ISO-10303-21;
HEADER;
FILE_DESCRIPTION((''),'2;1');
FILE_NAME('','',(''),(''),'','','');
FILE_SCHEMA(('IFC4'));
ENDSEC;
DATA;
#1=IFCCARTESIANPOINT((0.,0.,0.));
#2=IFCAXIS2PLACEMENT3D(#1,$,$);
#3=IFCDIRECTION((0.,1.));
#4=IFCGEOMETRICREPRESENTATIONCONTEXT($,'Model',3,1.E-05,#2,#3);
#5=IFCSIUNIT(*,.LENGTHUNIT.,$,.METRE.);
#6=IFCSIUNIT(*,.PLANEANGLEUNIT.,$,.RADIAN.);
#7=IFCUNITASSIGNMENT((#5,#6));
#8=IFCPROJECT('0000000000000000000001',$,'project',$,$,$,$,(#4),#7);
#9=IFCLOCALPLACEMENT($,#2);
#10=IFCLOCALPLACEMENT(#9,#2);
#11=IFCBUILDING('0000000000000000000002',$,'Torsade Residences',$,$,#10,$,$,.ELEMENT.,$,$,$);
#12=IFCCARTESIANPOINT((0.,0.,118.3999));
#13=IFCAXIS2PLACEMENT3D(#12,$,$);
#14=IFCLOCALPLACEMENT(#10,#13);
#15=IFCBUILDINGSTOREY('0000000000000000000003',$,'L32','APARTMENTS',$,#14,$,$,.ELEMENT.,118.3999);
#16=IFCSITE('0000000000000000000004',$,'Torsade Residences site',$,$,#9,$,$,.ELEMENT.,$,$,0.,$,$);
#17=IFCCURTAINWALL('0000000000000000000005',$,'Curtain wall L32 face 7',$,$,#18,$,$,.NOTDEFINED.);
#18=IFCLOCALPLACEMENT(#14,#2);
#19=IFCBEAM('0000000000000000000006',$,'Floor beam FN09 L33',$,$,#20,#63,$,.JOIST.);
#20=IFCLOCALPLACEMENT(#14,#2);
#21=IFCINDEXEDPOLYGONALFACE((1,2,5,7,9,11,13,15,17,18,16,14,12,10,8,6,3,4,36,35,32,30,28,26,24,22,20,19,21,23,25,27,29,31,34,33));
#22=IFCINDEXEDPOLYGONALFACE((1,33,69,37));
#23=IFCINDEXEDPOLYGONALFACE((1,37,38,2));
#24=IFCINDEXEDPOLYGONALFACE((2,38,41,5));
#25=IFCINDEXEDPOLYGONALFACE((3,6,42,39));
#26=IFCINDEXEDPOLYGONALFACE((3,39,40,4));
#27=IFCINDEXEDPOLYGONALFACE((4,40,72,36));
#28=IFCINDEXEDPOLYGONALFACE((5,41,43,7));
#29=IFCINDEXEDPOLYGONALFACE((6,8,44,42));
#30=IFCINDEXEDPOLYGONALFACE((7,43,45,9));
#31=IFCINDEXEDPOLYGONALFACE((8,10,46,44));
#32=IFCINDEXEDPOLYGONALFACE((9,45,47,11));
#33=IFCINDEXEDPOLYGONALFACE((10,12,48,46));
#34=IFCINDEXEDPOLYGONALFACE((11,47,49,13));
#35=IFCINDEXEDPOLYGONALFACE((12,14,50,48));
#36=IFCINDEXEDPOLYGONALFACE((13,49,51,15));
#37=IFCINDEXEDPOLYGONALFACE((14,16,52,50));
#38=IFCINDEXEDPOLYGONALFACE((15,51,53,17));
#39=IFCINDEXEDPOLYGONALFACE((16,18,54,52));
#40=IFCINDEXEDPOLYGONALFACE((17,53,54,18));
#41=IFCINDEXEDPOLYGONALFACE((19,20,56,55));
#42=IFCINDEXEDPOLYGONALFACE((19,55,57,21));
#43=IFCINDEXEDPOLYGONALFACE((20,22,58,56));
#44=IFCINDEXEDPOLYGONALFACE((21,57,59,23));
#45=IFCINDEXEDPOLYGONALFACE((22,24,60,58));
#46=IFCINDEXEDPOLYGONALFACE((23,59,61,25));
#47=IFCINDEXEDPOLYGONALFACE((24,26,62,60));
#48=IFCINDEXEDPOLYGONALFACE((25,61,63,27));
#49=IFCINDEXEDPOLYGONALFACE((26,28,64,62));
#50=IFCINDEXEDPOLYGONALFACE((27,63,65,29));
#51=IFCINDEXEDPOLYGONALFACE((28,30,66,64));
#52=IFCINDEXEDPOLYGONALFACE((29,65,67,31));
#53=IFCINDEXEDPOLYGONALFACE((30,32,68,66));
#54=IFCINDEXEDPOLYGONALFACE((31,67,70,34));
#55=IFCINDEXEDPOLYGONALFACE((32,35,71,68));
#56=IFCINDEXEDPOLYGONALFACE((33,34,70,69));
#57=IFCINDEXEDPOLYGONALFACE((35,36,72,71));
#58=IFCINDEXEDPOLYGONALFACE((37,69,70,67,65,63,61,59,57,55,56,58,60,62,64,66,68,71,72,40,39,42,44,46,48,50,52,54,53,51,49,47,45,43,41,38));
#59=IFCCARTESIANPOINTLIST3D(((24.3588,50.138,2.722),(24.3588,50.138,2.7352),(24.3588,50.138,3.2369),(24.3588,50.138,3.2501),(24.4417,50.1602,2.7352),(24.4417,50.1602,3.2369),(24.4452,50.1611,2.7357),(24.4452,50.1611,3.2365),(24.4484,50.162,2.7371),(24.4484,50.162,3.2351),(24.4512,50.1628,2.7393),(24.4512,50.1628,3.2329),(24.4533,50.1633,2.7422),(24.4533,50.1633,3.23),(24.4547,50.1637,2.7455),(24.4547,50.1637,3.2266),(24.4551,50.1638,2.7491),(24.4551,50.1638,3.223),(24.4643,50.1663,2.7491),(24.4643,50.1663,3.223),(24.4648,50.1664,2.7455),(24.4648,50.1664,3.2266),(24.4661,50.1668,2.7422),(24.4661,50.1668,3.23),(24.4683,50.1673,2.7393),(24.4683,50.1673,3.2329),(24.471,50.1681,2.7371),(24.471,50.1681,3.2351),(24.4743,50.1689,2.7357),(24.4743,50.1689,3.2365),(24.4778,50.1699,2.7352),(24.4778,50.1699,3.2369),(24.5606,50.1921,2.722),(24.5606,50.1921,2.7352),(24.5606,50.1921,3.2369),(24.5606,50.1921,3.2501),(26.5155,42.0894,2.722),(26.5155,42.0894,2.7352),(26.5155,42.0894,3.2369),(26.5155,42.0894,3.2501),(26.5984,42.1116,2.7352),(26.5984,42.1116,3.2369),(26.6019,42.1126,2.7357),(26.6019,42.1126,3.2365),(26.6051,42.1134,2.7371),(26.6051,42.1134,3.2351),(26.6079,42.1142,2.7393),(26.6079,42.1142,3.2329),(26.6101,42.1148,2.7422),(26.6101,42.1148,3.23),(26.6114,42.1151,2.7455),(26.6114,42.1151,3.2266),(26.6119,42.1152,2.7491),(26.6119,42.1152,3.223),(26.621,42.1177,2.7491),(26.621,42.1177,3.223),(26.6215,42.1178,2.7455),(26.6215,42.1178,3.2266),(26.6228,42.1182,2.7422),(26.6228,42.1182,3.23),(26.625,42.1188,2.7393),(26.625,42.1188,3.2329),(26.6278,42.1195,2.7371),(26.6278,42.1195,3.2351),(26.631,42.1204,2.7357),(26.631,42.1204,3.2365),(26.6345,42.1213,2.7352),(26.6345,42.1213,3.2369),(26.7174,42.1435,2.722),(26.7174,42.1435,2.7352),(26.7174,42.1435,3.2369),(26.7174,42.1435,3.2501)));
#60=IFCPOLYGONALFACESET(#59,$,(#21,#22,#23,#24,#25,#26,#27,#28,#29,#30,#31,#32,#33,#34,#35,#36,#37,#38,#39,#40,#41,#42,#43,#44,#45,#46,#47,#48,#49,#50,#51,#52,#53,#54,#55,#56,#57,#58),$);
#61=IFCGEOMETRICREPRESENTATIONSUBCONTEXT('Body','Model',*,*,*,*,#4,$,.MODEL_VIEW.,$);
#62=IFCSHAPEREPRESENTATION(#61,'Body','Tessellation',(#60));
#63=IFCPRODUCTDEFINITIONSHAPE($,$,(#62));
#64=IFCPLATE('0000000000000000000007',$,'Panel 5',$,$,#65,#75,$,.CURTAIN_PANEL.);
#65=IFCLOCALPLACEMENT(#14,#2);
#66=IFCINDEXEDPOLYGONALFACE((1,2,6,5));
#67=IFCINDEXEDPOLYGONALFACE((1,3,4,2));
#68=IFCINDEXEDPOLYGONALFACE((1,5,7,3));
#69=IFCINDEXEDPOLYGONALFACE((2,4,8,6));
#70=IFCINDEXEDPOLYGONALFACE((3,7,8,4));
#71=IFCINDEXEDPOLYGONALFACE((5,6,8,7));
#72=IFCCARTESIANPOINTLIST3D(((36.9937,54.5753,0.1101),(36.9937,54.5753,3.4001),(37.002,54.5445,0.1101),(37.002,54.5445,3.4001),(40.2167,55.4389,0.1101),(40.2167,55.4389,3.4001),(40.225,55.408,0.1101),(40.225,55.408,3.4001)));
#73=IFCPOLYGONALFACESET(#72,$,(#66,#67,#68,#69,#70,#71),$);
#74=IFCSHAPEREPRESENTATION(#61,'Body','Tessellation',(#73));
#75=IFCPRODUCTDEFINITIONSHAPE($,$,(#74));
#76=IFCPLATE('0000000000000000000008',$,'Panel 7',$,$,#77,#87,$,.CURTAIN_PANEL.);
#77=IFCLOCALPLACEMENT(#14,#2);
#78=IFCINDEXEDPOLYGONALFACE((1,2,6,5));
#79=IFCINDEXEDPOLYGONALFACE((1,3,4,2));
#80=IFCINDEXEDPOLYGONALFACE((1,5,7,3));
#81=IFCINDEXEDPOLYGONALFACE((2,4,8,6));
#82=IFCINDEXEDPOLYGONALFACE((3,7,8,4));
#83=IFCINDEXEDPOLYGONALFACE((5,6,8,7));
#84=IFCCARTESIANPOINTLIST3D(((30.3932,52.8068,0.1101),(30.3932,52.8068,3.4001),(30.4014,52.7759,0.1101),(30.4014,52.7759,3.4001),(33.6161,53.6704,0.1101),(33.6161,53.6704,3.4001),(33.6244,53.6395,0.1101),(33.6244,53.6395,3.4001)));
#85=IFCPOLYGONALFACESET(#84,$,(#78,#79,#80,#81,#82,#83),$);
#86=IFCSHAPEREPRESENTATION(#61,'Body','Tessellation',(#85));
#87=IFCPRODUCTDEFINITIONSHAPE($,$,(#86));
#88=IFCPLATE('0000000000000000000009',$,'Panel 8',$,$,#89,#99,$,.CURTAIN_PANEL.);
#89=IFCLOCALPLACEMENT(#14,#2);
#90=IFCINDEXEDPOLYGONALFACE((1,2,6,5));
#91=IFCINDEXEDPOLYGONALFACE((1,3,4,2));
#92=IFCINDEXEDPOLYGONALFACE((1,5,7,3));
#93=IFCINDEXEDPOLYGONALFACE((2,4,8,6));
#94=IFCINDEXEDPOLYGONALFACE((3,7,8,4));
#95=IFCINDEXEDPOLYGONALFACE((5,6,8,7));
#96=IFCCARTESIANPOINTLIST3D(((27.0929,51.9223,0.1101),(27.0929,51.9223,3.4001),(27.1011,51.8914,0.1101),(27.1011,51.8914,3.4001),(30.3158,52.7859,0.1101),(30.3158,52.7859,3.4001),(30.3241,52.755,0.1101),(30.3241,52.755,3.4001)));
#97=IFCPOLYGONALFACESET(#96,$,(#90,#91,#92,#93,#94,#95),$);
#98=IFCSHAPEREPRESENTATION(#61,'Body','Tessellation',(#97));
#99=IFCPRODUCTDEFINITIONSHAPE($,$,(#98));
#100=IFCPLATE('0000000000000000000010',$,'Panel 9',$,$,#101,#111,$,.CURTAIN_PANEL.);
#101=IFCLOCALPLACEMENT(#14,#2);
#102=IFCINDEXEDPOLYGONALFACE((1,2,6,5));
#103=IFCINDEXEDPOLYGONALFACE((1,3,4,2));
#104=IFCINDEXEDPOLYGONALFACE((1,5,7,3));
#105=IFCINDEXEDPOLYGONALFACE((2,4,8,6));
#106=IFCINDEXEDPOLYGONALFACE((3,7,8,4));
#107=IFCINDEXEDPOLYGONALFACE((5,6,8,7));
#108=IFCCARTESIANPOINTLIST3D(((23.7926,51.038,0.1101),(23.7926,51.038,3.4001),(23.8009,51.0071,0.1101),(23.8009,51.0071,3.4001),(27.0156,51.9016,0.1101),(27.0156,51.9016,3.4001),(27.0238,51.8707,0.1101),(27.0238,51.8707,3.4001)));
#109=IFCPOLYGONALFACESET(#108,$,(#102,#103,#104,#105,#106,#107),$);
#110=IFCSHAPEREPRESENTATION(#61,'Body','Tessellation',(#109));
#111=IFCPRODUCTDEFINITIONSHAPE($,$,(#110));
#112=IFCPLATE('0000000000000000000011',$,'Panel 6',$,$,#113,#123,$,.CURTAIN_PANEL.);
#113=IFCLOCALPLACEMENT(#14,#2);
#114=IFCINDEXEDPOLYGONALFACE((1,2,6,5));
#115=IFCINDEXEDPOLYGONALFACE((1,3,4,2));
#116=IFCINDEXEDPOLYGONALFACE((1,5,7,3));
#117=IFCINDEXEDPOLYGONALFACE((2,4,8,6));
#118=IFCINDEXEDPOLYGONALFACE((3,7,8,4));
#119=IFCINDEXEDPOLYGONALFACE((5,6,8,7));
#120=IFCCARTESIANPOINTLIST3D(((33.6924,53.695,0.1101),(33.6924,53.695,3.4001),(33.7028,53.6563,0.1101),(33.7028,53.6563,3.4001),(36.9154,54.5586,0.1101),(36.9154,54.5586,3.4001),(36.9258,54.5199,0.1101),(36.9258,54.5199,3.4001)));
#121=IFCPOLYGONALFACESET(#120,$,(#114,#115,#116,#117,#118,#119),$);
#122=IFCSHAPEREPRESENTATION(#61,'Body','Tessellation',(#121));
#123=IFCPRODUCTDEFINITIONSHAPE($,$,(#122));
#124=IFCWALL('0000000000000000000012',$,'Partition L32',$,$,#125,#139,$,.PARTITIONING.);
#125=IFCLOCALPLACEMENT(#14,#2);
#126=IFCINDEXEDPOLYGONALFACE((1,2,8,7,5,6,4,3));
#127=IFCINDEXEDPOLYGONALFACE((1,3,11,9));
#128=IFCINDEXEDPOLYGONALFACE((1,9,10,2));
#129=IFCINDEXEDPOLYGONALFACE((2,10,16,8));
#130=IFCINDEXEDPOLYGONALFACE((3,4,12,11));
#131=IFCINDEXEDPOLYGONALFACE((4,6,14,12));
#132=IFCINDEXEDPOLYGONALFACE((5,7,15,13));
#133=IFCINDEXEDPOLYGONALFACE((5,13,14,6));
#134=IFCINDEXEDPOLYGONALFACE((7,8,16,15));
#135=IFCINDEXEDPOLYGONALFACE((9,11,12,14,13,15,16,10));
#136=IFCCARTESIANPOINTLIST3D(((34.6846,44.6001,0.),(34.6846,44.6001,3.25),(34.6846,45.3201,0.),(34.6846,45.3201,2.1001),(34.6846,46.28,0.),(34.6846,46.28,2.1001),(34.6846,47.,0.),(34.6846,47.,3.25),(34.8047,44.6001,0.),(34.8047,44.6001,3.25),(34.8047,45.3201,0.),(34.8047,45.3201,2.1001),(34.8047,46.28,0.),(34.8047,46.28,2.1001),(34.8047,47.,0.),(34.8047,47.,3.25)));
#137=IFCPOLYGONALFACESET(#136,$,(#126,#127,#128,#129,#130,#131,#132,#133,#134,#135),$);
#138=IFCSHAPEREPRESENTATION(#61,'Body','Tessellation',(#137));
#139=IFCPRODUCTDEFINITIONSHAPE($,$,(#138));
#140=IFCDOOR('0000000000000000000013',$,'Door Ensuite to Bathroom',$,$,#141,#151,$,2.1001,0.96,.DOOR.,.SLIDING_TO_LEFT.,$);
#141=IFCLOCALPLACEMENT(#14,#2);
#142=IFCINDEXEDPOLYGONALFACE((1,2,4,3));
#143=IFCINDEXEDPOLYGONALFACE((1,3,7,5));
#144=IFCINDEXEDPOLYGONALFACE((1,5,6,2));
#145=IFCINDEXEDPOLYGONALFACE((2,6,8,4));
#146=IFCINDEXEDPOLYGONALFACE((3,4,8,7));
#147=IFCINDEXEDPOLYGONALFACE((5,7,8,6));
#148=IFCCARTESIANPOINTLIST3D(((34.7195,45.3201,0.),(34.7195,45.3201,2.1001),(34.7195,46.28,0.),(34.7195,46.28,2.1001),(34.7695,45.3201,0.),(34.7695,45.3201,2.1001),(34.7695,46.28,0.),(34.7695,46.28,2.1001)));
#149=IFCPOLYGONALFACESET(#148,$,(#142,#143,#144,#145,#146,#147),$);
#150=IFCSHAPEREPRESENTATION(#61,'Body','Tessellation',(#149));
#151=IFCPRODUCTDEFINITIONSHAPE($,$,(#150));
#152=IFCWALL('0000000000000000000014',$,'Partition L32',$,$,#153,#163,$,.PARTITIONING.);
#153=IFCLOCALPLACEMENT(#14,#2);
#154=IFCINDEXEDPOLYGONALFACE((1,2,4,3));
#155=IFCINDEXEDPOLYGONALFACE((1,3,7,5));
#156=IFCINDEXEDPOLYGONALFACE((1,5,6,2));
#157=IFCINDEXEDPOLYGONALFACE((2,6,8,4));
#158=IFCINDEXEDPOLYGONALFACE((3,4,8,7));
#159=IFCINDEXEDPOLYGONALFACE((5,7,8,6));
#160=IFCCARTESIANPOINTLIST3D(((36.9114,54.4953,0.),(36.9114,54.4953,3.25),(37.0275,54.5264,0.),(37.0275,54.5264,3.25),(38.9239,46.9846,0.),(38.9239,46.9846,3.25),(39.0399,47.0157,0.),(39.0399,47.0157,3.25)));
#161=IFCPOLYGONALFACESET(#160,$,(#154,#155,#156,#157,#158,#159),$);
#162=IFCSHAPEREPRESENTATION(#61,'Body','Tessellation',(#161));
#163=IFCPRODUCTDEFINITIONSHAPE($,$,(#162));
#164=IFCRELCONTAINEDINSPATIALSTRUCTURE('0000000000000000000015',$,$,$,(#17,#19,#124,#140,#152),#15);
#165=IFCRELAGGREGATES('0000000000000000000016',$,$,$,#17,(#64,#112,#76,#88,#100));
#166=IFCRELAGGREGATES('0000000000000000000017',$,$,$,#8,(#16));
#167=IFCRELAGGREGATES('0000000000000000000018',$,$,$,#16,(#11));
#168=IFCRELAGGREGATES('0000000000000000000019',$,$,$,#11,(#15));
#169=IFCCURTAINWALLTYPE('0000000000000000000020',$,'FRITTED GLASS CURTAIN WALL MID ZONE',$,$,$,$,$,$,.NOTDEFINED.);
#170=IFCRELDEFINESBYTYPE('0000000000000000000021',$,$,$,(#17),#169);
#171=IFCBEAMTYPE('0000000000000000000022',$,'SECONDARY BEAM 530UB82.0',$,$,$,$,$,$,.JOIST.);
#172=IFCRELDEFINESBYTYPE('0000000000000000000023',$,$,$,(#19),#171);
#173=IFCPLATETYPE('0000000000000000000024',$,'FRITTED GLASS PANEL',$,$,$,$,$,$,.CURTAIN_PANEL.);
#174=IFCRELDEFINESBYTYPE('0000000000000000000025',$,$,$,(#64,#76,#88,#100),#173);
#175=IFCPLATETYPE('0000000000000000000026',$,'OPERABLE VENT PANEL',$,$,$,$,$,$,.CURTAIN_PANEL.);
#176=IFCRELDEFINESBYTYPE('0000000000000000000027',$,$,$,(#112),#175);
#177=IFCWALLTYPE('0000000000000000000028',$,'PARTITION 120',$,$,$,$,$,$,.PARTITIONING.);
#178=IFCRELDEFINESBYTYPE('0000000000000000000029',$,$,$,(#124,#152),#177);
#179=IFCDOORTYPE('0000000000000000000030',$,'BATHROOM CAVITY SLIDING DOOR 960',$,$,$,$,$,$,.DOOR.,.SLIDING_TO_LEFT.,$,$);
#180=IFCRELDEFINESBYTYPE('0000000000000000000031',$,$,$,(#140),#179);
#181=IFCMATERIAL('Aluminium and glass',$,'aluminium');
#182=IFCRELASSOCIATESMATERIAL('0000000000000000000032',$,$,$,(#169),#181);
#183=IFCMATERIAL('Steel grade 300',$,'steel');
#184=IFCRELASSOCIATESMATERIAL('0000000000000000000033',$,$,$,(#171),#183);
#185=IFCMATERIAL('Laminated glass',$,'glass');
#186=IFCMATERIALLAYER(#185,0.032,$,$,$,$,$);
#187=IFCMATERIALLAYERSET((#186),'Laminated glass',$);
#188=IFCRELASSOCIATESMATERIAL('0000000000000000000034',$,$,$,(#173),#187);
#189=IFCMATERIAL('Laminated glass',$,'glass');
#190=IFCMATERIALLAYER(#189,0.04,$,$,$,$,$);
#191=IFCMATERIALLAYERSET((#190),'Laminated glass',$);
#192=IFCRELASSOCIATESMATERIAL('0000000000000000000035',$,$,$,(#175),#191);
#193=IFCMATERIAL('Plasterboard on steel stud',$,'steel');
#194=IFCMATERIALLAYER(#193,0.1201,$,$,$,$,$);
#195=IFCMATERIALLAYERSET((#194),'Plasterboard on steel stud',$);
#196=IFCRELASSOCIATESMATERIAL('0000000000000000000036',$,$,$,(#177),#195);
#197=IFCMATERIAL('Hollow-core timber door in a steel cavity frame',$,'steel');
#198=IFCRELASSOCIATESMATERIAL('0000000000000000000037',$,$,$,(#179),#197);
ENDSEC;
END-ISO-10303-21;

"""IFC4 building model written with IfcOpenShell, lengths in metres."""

from ifc_helpers import new_model, si_unit, direction, frame, frame_2d, origin, origin_2d, place, context, subcontext, project, spatial, rectangle, i_section, extrude, material, layer, layer_set, material_profile, profile_set, type_object, element, fill, aggregate, save


model = new_model("IFC4")

# Units and contexts
model_context = context("Model", 3, precision=1e-05, world=origin(), true_north=direction((0.0, 1.0)))
body_context = subcontext(model_context, "Body", "Model", "MODEL_VIEW")
ifc_project = project(units=[si_unit("LENGTHUNIT", "METRE"), si_unit("PLANEANGLEUNIT", "RADIAN")], contexts=[model_context])

# Site, building, storey
site_placement = place(None, origin())
site = spatial("IfcSite", under=ifc_project, at=site_placement, Name="Torsade Residences site", CompositionType="ELEMENT", RefElevation=0.0)
building_placement = place(site_placement, origin())
building = spatial("IfcBuilding", under=site, at=building_placement, Name="Torsade Residences", CompositionType="ELEMENT")
storey_placement = place(building_placement, frame((0.0, 0.0, 118.3999)))
storey = spatial("IfcBuildingStorey", under=building, at=storey_placement, Name="L32", Description="APARTMENTS", CompositionType="ELEMENT", Elevation=118.3999)

# Curtain wall
ifc_material_1 = material(Name="Aluminium and glass", Category="aluminium")
curtain_wall_type = type_object("IfcCurtainWallType", Name="FRITTED GLASS CURTAIN WALL MID ZONE", PredefinedType="NOTDEFINED", material=ifc_material_1)
curtain_wall_placement = place(storey_placement, origin())
curtain_wall = element("IfcCurtainWall", 1, at=curtain_wall_placement, inside=storey, type_object=curtain_wall_type, Name="Curtain wall L32 face 7", PredefinedType="NOTDEFINED")

# Beam
ifc_material_2 = material(Name="Steel grade 300", Category="steel")
ifc_material_profile_1 = material_profile(ifc_material_2, i_section(OverallWidth=0.209, OverallDepth=0.5281, WebThickness=0.0095, FlangeThickness=0.0132, FilletRadius=0.0139, at=origin_2d()), Name="530UB82.0")
ifc_profile_set_1 = profile_set([ifc_material_profile_1], Name="Steel grade 300")
beam_type_1 = type_object("IfcBeamType", Name="SECONDARY BEAM 530UB82.0", PredefinedType="JOIST", material=ifc_profile_set_1)
beam_1_placement = place(storey_placement, frame((24.4597, 50.165, 2.9861), z_axis=(0.258833, -0.965922, 0.0), x_axis=(0.965922, 0.258833, 0.0)))
element("IfcBeam", 2, at=beam_1_placement, inside=storey, type_object=beam_type_1, Name="Floor beam FN09 L33", PredefinedType="JOIST", context=body_context, shape_type="SweptSolid", body=[
    extrude(i_section(OverallWidth=0.209, OverallDepth=0.5281, WebThickness=0.0095, FlangeThickness=0.0132, FilletRadius=0.0139, at=origin_2d()), origin(), (0.0, 0.0, 1.0), 8.3325),
])

# Plates
ifc_material_3 = material(Name="Laminated glass", Category="glass")
ifc_layer_1 = layer(ifc_material_3, 0.032)
ifc_layer_set_1 = layer_set([ifc_layer_1], Name="Laminated glass")
plate_type_1 = type_object("IfcPlateType", Name="FRITTED GLASS PANEL", PredefinedType="CURTAIN_PANEL", material=ifc_layer_set_1)
plate_1_placement = place(storey_placement, frame((38.6094, 54.9917, 0.1101), z_axis=(0.0, 0.0, 1.0), x_axis=(-0.965926, -0.258819, 0.0)))
plate_1 = element("IfcPlate", 3, at=plate_1_placement, type_object=plate_type_1, Name="Panel 5", PredefinedType="CURTAIN_PANEL", context=body_context, shape_type="SweptSolid", body=[
    extrude(rectangle(XDim=3.3367, YDim=0.032, at=origin_2d()), origin(), (0.0, 0.0, 1.0), 3.29),
])
plate_2_placement = place(storey_placement, frame((32.0088, 53.2231, 0.1101), z_axis=(0.0, 0.0, 1.0), x_axis=(-0.965926, -0.258819, 0.0)))
plate_2 = element("IfcPlate", 4, at=plate_2_placement, type_object=plate_type_1, Name="Panel 7", PredefinedType="CURTAIN_PANEL", context=body_context, shape_type="SweptSolid", body=[
    extrude(rectangle(XDim=3.3367, YDim=0.032, at=origin_2d()), origin(), (0.0, 0.0, 1.0), 3.29),
])
plate_3_placement = place(storey_placement, frame((28.7085, 52.3386, 0.1101), z_axis=(0.0, 0.0, 1.0), x_axis=(-0.965926, -0.258819, 0.0)))
plate_3 = element("IfcPlate", 5, at=plate_3_placement, type_object=plate_type_1, Name="Panel 8", PredefinedType="CURTAIN_PANEL", context=body_context, shape_type="SweptSolid", body=[
    extrude(rectangle(XDim=3.3367, YDim=0.032, at=origin_2d()), origin(), (0.0, 0.0, 1.0), 3.29),
])
plate_4_placement = place(storey_placement, frame((25.4082, 51.4543, 0.1101), z_axis=(0.0, 0.0, 1.0), x_axis=(-0.965926, -0.258819, 0.0)))
plate_4 = element("IfcPlate", 6, at=plate_4_placement, type_object=plate_type_1, Name="Panel 9", PredefinedType="CURTAIN_PANEL", context=body_context, shape_type="SweptSolid", body=[
    extrude(rectangle(XDim=3.3367, YDim=0.032, at=origin_2d()), origin(), (0.0, 0.0, 1.0), 3.29),
])
ifc_material_4 = material(Name="Laminated glass", Category="glass")
ifc_layer_2 = layer(ifc_material_4, 0.04)
ifc_layer_set_2 = layer_set([ifc_layer_2], Name="Laminated glass")
plate_type_2 = type_object("IfcPlateType", Name="OPERABLE VENT PANEL", PredefinedType="CURTAIN_PANEL", material=ifc_layer_set_2)
plate_5_placement = place(storey_placement, frame((35.3091, 54.1074, 0.1101), z_axis=(0.0, 0.0, 1.0), x_axis=(-0.965926, -0.258819, 0.0)))
plate_5 = element("IfcPlate", 7, at=plate_5_placement, type_object=plate_type_2, Name="Panel 6", PredefinedType="CURTAIN_PANEL", context=body_context, shape_type="SweptSolid", body=[
    extrude(rectangle(XDim=3.3367, YDim=0.04, at=origin_2d()), origin(), (0.0, 0.0, 1.0), 3.29),
])
aggregate(curtain_wall, [plate_1, plate_5, plate_2, plate_3, plate_4])

# Wall, opening, door
ifc_material_5 = material(Name="Plasterboard on steel stud", Category="steel")
ifc_layer_3 = layer(ifc_material_5, 0.1201)
ifc_layer_set_3 = layer_set([ifc_layer_3], Name="Plasterboard on steel stud")
wall_type_1 = type_object("IfcWallType", Name="PARTITION 120", PredefinedType="PARTITIONING", material=ifc_layer_set_3)
wall_1_placement = place(storey_placement, frame((34.7446, 47.0, 0.0), z_axis=(0.0, 0.0, 1.0), x_axis=(0.0, -1.0, 0.0)))
wall_1 = element("IfcWall", 8, at=wall_1_placement, inside=storey, type_object=wall_type_1, Name="Partition L32", PredefinedType="PARTITIONING", context=body_context, shape_type="SweptSolid", body=[
    extrude(rectangle(XDim=2.3999, YDim=0.1201, at=frame_2d((1.2, 0.0))), origin(), (0.0, 0.0, 1.0), 3.25),
])
opening_1_placement = place(wall_1_placement, frame((0.72, 0.0, 0.0)))
opening_1 = element("IfcOpeningElement", 9, at=opening_1_placement, cuts=wall_1, PredefinedType="OPENING", context=body_context, shape_type="SweptSolid", body=[
    extrude(rectangle(XDim=0.96, YDim=2.1001, at=frame_2d((0.48, 1.05))), frame((0.0, 0.0701, 0.0), z_axis=(0.0, -1.0, 0.0), x_axis=(1.0, 0.0, 0.0)), (0.0, 0.0, 1.0), 0.1401),
])
ifc_material_6 = material(Name="Hollow-core timber door in a steel cavity frame", Category="steel")
door_type_1 = type_object("IfcDoorType", Name="BATHROOM CAVITY SLIDING DOOR 960", OperationType="SLIDING_TO_LEFT", PredefinedType="DOOR", material=ifc_material_6)
door_1_placement = place(opening_1_placement, origin())
door_1 = element("IfcDoor", 10, at=door_1_placement, inside=storey, type_object=door_type_1, Name="Door Ensuite to Bathroom", OperationType="SLIDING_TO_LEFT", OverallHeight=2.1001, OverallWidth=0.96, PredefinedType="DOOR", context=body_context, shape_type="SweptSolid", body=[
    extrude(rectangle(XDim=0.96, YDim=2.1001, at=frame_2d((0.48, 1.05))), frame((0.0, 0.0249, 0.0), z_axis=(0.0, -1.0, 0.0), x_axis=(1.0, 0.0, 0.0)), (0.0, 0.0, 1.0), 0.05),
])
fill(opening_1, door_1)

# Wall
wall_2_placement = place(storey_placement, frame((36.9695, 54.5107, 0.0), z_axis=(0.0, 0.0, 1.0), x_axis=(0.258814, -0.965927, 0.0)))
element("IfcWall", 11, at=wall_2_placement, inside=storey, type_object=wall_type_1, Name="Partition L32", PredefinedType="PARTITIONING", context=body_context, shape_type="SweptSolid", body=[
    extrude(rectangle(XDim=7.7756, YDim=0.1201, at=frame_2d((3.8877, 0.0))), origin(), (0.0, 0.0, 1.0), 3.25),
])

save(model, "model.ifc")
